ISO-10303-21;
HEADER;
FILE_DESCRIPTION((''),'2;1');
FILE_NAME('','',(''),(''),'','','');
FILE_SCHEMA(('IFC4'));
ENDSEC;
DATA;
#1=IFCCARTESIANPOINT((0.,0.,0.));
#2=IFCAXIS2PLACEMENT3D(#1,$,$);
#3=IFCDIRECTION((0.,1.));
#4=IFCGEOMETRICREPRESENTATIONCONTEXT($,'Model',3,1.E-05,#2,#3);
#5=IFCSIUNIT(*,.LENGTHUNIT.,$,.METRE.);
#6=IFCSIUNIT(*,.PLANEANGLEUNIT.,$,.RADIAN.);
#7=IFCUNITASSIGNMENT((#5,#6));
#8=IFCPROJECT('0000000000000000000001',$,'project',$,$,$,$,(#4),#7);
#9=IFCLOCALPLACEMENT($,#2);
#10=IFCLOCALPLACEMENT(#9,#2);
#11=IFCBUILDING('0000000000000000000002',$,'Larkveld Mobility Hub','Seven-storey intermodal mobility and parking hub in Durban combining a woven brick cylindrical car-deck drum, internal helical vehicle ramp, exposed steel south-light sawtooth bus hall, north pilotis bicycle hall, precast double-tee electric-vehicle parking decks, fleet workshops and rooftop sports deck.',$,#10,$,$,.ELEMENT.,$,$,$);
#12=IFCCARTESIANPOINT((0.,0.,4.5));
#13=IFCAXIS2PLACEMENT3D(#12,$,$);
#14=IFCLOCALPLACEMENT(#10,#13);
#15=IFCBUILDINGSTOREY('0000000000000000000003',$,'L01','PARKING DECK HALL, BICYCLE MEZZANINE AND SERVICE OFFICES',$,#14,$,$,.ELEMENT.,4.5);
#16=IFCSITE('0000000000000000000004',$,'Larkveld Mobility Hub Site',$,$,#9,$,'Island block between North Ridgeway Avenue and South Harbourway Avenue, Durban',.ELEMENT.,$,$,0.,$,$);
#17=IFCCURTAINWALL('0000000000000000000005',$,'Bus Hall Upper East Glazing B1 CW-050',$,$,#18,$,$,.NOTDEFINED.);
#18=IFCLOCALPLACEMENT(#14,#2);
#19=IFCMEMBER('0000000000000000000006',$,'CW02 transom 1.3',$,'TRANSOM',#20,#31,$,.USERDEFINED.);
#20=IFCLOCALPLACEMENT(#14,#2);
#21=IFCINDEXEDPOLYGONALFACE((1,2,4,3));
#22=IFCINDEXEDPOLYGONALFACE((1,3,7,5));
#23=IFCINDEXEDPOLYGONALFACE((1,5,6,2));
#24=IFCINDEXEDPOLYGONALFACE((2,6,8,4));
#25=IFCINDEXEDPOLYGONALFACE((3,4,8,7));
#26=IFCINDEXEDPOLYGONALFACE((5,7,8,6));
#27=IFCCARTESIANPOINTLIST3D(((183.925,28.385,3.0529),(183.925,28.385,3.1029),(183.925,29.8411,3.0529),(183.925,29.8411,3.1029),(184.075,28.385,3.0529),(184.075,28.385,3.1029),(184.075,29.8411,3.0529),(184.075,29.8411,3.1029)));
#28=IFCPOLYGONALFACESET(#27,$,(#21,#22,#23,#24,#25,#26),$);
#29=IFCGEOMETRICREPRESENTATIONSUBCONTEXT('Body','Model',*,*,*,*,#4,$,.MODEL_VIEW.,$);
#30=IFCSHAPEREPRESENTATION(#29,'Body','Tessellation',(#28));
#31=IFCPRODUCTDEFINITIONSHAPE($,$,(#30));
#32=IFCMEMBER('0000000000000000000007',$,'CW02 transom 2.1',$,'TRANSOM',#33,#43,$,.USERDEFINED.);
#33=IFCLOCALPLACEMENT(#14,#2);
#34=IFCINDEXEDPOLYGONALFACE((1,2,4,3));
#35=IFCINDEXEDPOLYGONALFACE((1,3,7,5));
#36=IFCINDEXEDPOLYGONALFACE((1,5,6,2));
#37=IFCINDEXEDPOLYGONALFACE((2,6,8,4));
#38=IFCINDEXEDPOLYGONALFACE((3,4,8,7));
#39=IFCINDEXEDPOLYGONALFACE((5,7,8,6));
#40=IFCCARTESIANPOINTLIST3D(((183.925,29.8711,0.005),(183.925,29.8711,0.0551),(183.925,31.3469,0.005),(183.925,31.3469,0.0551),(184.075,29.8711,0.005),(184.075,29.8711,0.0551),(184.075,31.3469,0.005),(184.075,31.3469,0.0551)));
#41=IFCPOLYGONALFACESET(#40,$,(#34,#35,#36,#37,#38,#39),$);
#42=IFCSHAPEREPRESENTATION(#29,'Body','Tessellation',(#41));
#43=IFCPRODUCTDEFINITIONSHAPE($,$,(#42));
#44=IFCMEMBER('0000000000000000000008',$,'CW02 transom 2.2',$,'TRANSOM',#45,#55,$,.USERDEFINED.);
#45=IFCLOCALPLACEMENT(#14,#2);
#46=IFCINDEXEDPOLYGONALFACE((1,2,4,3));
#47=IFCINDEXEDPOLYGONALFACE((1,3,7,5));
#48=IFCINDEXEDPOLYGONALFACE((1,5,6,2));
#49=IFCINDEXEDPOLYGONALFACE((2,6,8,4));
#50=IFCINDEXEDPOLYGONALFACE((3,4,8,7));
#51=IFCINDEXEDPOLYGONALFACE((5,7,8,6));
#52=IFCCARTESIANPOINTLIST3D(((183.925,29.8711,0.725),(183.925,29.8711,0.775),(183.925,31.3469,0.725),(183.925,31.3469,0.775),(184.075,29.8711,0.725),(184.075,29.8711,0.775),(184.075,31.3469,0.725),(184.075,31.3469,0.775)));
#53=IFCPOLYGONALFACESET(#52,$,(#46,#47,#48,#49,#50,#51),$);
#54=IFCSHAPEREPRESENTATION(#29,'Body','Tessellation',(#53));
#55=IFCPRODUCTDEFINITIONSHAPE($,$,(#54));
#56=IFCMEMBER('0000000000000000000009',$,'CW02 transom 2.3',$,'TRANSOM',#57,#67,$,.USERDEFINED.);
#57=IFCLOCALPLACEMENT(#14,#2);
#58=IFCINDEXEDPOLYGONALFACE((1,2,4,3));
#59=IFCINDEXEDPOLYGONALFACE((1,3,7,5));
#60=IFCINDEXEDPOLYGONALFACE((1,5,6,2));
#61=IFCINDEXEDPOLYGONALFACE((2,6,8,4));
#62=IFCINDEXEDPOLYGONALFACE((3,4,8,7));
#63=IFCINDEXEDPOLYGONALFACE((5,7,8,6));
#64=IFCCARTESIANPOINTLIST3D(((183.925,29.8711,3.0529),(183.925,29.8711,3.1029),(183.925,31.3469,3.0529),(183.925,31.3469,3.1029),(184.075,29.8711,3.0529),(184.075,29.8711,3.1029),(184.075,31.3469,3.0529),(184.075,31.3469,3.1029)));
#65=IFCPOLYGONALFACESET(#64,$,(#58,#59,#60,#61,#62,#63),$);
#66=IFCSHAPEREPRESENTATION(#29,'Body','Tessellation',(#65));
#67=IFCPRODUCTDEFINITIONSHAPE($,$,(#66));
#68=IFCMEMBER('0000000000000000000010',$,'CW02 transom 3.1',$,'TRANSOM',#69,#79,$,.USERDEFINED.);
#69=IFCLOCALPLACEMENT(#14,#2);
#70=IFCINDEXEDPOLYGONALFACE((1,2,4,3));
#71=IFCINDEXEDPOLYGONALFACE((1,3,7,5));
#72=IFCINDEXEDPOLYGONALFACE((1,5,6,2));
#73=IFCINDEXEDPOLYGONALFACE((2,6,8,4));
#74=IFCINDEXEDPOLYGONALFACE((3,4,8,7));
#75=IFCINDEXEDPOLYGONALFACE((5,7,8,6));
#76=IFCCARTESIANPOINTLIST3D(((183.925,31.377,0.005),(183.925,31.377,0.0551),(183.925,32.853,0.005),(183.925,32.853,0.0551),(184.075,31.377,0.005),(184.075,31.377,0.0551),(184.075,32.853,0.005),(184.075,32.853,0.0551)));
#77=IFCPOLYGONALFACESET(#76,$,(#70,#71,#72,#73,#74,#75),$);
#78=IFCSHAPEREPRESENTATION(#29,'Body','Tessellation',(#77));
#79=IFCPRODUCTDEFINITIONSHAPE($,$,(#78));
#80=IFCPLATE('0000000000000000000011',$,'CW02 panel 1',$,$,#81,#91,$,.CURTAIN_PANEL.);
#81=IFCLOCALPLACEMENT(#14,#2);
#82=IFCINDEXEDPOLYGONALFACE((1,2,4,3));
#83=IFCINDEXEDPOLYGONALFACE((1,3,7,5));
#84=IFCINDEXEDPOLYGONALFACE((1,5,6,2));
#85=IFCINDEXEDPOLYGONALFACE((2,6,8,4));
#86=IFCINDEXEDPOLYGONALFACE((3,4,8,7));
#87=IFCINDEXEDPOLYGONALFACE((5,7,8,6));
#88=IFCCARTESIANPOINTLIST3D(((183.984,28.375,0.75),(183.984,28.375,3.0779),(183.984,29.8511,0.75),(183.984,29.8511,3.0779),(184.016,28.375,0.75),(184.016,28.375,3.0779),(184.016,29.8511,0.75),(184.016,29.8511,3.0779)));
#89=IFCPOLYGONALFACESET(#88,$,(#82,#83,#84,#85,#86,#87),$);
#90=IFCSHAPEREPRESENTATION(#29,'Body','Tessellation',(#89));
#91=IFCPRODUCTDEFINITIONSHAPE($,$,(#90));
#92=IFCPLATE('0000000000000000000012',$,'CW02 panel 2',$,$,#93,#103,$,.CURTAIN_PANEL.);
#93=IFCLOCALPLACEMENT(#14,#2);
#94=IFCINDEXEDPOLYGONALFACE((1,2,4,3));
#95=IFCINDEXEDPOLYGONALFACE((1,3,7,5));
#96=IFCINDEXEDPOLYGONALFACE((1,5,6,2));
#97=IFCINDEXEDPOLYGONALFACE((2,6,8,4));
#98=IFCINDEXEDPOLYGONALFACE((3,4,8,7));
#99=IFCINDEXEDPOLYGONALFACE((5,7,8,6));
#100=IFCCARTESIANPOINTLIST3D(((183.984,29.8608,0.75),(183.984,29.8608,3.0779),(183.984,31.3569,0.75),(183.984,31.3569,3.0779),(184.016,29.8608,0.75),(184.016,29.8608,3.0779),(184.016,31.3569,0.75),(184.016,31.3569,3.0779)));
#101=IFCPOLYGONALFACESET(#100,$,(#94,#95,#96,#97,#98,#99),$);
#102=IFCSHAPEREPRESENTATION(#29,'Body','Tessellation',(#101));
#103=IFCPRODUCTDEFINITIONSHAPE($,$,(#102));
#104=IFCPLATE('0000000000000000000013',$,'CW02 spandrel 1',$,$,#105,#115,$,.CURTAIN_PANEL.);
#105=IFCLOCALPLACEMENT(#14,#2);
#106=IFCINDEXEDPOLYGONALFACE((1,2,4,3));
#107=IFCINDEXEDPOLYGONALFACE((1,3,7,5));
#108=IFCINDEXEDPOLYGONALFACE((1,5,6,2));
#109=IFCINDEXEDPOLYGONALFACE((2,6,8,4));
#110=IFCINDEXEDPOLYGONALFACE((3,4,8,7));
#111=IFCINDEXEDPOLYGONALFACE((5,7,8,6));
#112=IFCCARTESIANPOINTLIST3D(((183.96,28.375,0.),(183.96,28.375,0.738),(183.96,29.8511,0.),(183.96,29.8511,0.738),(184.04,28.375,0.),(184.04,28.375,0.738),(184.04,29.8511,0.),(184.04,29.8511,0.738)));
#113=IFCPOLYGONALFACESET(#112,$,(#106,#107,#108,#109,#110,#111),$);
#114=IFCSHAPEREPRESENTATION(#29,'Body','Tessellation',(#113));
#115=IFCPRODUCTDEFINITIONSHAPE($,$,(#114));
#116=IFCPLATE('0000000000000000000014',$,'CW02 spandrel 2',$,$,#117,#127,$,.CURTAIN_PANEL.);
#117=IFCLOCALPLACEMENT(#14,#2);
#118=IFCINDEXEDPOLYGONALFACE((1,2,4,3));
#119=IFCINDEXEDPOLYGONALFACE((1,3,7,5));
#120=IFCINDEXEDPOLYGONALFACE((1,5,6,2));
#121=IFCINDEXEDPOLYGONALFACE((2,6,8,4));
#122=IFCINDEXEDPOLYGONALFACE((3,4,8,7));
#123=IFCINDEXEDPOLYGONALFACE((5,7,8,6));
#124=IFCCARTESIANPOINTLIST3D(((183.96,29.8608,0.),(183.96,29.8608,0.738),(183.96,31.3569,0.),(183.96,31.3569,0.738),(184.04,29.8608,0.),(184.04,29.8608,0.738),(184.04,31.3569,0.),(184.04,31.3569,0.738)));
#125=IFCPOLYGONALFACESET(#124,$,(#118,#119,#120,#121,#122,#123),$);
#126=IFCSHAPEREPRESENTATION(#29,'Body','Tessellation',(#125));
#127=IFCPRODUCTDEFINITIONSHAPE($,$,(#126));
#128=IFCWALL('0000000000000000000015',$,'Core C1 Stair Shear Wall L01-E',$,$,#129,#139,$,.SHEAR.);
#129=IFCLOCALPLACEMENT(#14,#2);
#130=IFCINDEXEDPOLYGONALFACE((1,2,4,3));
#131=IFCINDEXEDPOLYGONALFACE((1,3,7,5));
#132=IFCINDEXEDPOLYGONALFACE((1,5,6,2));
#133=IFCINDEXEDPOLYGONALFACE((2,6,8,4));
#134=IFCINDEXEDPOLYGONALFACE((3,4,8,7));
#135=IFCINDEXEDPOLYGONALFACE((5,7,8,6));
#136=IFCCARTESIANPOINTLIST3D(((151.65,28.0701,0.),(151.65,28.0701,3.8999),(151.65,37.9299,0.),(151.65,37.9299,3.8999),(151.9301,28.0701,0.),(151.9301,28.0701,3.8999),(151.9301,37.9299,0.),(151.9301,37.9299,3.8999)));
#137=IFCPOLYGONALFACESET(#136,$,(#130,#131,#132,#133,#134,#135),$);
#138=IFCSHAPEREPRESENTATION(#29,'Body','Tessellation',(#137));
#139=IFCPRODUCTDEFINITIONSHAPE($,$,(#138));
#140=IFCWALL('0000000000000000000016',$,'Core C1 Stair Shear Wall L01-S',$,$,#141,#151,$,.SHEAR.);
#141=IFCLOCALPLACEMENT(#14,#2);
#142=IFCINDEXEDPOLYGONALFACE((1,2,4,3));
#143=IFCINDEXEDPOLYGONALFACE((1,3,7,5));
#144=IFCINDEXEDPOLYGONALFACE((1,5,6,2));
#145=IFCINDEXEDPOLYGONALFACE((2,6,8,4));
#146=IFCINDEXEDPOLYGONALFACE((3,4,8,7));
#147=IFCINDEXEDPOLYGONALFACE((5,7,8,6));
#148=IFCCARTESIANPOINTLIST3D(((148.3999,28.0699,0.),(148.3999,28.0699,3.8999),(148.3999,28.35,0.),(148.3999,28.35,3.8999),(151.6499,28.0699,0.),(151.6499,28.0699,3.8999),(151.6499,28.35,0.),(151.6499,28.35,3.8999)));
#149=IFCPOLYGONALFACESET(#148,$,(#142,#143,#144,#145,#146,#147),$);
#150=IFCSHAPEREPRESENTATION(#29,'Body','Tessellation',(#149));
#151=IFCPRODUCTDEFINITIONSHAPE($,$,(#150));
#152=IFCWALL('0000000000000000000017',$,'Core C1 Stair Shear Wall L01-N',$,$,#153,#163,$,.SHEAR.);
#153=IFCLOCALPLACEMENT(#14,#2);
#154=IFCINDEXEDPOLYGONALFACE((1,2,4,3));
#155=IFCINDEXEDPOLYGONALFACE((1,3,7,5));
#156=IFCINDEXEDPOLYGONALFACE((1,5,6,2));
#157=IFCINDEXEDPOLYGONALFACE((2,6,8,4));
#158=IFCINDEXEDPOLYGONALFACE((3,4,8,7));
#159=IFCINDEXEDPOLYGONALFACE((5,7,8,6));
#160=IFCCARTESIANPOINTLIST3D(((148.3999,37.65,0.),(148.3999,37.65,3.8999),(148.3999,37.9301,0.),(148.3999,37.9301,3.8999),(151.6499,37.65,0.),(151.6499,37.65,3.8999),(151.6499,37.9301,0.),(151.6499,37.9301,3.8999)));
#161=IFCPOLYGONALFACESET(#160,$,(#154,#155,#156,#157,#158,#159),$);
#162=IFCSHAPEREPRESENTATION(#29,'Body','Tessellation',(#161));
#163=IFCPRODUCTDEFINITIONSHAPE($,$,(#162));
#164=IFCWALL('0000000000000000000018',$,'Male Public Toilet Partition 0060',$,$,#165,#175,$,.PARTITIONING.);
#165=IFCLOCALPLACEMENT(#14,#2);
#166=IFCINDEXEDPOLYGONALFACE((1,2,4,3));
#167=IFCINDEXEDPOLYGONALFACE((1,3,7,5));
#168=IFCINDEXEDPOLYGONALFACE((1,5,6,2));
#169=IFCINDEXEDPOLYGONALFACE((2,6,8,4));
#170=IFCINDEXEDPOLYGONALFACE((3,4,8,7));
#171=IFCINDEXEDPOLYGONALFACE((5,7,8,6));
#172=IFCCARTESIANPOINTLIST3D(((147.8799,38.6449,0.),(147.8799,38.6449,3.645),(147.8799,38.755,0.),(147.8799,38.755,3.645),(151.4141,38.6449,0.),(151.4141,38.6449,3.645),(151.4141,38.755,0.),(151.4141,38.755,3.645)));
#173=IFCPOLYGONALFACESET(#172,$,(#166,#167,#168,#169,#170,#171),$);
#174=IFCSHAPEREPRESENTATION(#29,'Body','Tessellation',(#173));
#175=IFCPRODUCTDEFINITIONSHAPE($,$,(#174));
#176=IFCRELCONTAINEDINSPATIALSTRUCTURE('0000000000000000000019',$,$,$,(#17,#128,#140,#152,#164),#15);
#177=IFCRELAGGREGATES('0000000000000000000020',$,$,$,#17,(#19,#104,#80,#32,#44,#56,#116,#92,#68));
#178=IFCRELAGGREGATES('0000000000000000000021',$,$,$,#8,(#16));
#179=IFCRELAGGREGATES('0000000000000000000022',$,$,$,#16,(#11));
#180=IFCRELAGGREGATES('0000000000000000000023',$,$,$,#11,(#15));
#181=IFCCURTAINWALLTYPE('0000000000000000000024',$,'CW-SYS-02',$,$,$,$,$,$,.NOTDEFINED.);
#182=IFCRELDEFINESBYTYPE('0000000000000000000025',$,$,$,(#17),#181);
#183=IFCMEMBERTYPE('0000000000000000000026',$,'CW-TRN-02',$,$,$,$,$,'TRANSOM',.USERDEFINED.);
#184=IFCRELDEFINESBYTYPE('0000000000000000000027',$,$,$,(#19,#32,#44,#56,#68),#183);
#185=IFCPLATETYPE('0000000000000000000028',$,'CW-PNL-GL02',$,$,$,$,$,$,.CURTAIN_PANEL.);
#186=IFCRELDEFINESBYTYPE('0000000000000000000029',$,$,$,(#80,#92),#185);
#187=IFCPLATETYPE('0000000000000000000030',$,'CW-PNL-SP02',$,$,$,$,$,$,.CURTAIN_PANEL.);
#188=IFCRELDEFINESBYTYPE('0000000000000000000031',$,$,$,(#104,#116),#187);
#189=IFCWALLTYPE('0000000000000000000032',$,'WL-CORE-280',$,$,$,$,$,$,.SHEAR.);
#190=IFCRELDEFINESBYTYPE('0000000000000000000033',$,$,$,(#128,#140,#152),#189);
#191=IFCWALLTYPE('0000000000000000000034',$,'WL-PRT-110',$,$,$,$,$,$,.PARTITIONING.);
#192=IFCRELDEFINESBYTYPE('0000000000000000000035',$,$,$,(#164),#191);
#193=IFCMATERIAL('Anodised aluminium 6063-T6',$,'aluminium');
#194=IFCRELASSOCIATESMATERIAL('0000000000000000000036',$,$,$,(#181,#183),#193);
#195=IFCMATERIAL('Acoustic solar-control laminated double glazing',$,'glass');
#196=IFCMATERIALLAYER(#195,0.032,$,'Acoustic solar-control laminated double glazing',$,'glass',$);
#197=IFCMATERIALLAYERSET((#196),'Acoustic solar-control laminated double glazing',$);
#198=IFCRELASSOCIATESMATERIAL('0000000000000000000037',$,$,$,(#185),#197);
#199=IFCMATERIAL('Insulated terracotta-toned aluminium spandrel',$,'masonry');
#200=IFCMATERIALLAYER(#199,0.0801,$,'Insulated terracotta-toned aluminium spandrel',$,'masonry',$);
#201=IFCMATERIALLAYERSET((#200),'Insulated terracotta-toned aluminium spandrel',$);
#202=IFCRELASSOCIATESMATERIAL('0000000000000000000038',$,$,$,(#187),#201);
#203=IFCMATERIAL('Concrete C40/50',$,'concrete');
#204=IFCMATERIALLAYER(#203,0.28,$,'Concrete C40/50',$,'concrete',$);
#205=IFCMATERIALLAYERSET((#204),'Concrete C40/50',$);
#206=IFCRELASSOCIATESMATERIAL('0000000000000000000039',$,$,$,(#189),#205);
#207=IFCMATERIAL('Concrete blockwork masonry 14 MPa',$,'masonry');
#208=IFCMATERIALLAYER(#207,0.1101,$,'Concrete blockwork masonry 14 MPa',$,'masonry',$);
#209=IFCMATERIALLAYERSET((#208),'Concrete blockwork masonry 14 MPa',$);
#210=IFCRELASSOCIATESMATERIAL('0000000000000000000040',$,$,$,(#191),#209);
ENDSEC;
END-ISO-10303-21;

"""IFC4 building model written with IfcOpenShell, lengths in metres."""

from ifc_helpers import new_model, si_unit, direction, frame, frame_2d, origin, origin_2d, place, context, subcontext, project, spatial, rectangle, extrude, material, layer, layer_set, material_profile, profile_set, type_object, element, aggregate, save


model = new_model("IFC4")

# Units and contexts
model_context = context("Model", 3, precision=1e-05, world=origin(), true_north=direction((0.0, 1.0)))
body_context = subcontext(model_context, "Body", "Model", "MODEL_VIEW")
ifc_project = project(units=[si_unit("LENGTHUNIT", "METRE"), si_unit("PLANEANGLEUNIT", "RADIAN")], contexts=[model_context])

# Site, building, storey
site_placement = place(None, origin())
site = spatial("IfcSite", under=ifc_project, at=site_placement, Name="Larkveld Mobility Hub Site", LongName="Island block between North Ridgeway Avenue and South Harbourway Avenue, Durban", CompositionType="ELEMENT", RefElevation=0.0)
building_placement = place(site_placement, origin())
building = spatial("IfcBuilding", under=site, at=building_placement, Name="Larkveld Mobility Hub", Description="Seven-storey intermodal mobility and parking hub in Durban combining a woven brick cylindrical car-deck drum, internal helical vehicle ramp, exposed steel south-light sawtooth bus hall, north pilotis bicycle hall, precast double-tee electric-vehicle parking decks, fleet workshops and rooftop sports deck.", CompositionType="ELEMENT")
storey_placement = place(building_placement, frame((0.0, 0.0, 4.5)))
storey = spatial("IfcBuildingStorey", under=building, at=storey_placement, Name="L01", Description="PARKING DECK HALL, BICYCLE MEZZANINE AND SERVICE OFFICES", CompositionType="ELEMENT", Elevation=4.5)

# Shared definitions
ifc_material_1 = material(Name="Concrete C40/50", Category="concrete")

# Curtain wall, members, plates
ifc_material_2 = material(Name="Anodised aluminium 6063-T6", Category="aluminium")
curtain_wall_type = type_object("IfcCurtainWallType", Name="CW-SYS-02", PredefinedType="NOTDEFINED", material=ifc_material_2)
curtain_wall_placement = place(storey_placement, origin())
curtain_wall = element("IfcCurtainWall", 1, at=curtain_wall_placement, inside=storey, type_object=curtain_wall_type, Name="Bus Hall Upper East Glazing B1 CW-050", PredefinedType="NOTDEFINED")
ifc_material_profile_1 = material_profile(ifc_material_2, rectangle(XDim=0.1499, YDim=0.05, at=origin_2d()), Name="ALU TRAN 50x150")
ifc_profile_set_1 = profile_set([ifc_material_profile_1], Name="Anodised aluminium 6063-T6")
member_type_1 = type_object("IfcMemberType", Name="CW-TRN-02", ElementType="TRANSOM", PredefinedType="USERDEFINED", material=ifc_profile_set_1)
member_1_placement = place(storey_placement, frame((184.0, 28.385, 3.0779), z_axis=(0.0, 1.0, 0.0), x_axis=(-1.0, 0.0, 0.0)))
member_1 = element("IfcMember", 2, at=member_1_placement, type_object=member_type_1, Name="CW02 transom 1.3", ObjectType="TRANSOM", PredefinedType="USERDEFINED", context=body_context, shape_type="SweptSolid", body=[
    extrude(rectangle(XDim=0.1499, YDim=0.05, at=origin_2d()), origin(), (0.0, 0.0, 1.0), 1.4561),
])
member_2_placement = place(storey_placement, frame((184.0, 29.8711, 0.03), z_axis=(0.0, 1.0, 0.0), x_axis=(-1.0, 0.0, 0.0)))
member_2 = element("IfcMember", 3, at=member_2_placement, type_object=member_type_1, Name="CW02 transom 2.1", ObjectType="TRANSOM", PredefinedType="USERDEFINED", context=body_context, shape_type="SweptSolid", body=[
    extrude(rectangle(XDim=0.1499, YDim=0.05, at=origin_2d()), origin(), (0.0, 0.0, 1.0), 1.4758),
])
member_3_placement = place(storey_placement, frame((184.0, 29.8711, 0.75), z_axis=(0.0, 1.0, 0.0), x_axis=(-1.0, 0.0, 0.0)))
member_3 = element("IfcMember", 4, at=member_3_placement, type_object=member_type_1, Name="CW02 transom 2.2", ObjectType="TRANSOM", PredefinedType="USERDEFINED", context=body_context, shape_type="SweptSolid", body=[
    extrude(rectangle(XDim=0.1499, YDim=0.05, at=origin_2d()), origin(), (0.0, 0.0, 1.0), 1.4758),
])
member_4_placement = place(storey_placement, frame((184.0, 29.8711, 3.0779), z_axis=(0.0, 1.0, 0.0), x_axis=(-1.0, 0.0, 0.0)))
member_4 = element("IfcMember", 5, at=member_4_placement, type_object=member_type_1, Name="CW02 transom 2.3", ObjectType="TRANSOM", PredefinedType="USERDEFINED", context=body_context, shape_type="SweptSolid", body=[
    extrude(rectangle(XDim=0.1499, YDim=0.05, at=origin_2d()), origin(), (0.0, 0.0, 1.0), 1.4758),
])
member_5_placement = place(storey_placement, frame((184.0, 31.377, 0.03), z_axis=(0.0, 1.0, 0.0), x_axis=(-1.0, 0.0, 0.0)))
member_5 = element("IfcMember", 6, at=member_5_placement, type_object=member_type_1, Name="CW02 transom 3.1", ObjectType="TRANSOM", PredefinedType="USERDEFINED", context=body_context, shape_type="SweptSolid", body=[
    extrude(rectangle(XDim=0.1499, YDim=0.05, at=origin_2d()), origin(), (0.0, 0.0, 1.0), 1.4761),
])
ifc_material_3 = material(Name="Acoustic solar-control laminated double glazing", Category="glass")
ifc_layer_1 = layer(ifc_material_3, 0.032, Name="Acoustic solar-control laminated double glazing", Category="glass")
ifc_layer_set_1 = layer_set([ifc_layer_1], Name="Acoustic solar-control laminated double glazing")
plate_type_1 = type_object("IfcPlateType", Name="CW-PNL-GL02", PredefinedType="CURTAIN_PANEL", material=ifc_layer_set_1)
plate_1_placement = place(storey_placement, frame((184.0, 29.113, 0.75), z_axis=(0.0, 0.0, 1.0), x_axis=(0.0, 1.0, 0.0)))
plate_1 = element("IfcPlate", 7, at=plate_1_placement, type_object=plate_type_1, Name="CW02 panel 1", PredefinedType="CURTAIN_PANEL", context=body_context, shape_type="SweptSolid", body=[
    extrude(rectangle(XDim=1.4761, YDim=0.032, at=origin_2d()), origin(), (0.0, 0.0, 1.0), 2.3279),
])
plate_2_placement = place(storey_placement, frame((184.0, 30.6089, 0.75), z_axis=(0.0, 0.0, 1.0), x_axis=(0.0, 1.0, 0.0)))
plate_2 = element("IfcPlate", 8, at=plate_2_placement, type_object=plate_type_1, Name="CW02 panel 2", PredefinedType="CURTAIN_PANEL", context=body_context, shape_type="SweptSolid", body=[
    extrude(rectangle(XDim=1.4961, YDim=0.032, at=origin_2d()), origin(), (0.0, 0.0, 1.0), 2.3279),
])
ifc_material_4 = material(Name="Insulated terracotta-toned aluminium spandrel", Category="masonry")
ifc_layer_2 = layer(ifc_material_4, 0.0801, Name="Insulated terracotta-toned aluminium spandrel", Category="masonry")
ifc_layer_set_2 = layer_set([ifc_layer_2], Name="Insulated terracotta-toned aluminium spandrel")
plate_type_2 = type_object("IfcPlateType", Name="CW-PNL-SP02", PredefinedType="CURTAIN_PANEL", material=ifc_layer_set_2)
plate_3_placement = place(storey_placement, frame((184.0, 29.113, 0.0), z_axis=(0.0, 0.0, 1.0), x_axis=(0.0, 1.0, 0.0)))
plate_3 = element("IfcPlate", 9, at=plate_3_placement, type_object=plate_type_2, Name="CW02 spandrel 1", PredefinedType="CURTAIN_PANEL", context=body_context, shape_type="SweptSolid", body=[
    extrude(rectangle(XDim=1.4761, YDim=0.0801, at=origin_2d()), origin(), (0.0, 0.0, 1.0), 0.738),
])
plate_4_placement = place(storey_placement, frame((184.0, 30.6089, 0.0), z_axis=(0.0, 0.0, 1.0), x_axis=(0.0, 1.0, 0.0)))
plate_4 = element("IfcPlate", 10, at=plate_4_placement, type_object=plate_type_2, Name="CW02 spandrel 2", PredefinedType="CURTAIN_PANEL", context=body_context, shape_type="SweptSolid", body=[
    extrude(rectangle(XDim=1.4961, YDim=0.0801, at=origin_2d()), origin(), (0.0, 0.0, 1.0), 0.738),
])
aggregate(curtain_wall, [member_1, plate_3, plate_1, member_2, member_3, member_4, plate_4, plate_2, member_5])

# Walls
ifc_layer_3 = layer(ifc_material_1, 0.28, Name="Concrete C40/50", Category="concrete")
ifc_layer_set_3 = layer_set([ifc_layer_3], Name="Concrete C40/50")
wall_type_1 = type_object("IfcWallType", Name="WL-CORE-280", PredefinedType="SHEAR", material=ifc_layer_set_3)
wall_1_placement = place(storey_placement, frame((151.79, 37.9299, 0.0), z_axis=(0.0, 0.0, 1.0), x_axis=(0.0, -1.0, 0.0)))
element("IfcWall", 11, at=wall_1_placement, inside=storey, type_object=wall_type_1, Name="Core C1 Stair Shear Wall L01-E", PredefinedType="SHEAR", context=body_context, shape_type="SweptSolid", body=[
    extrude(rectangle(XDim=9.8599, YDim=0.28, at=frame_2d((4.9299, 0.0))), origin(), (0.0, 0.0, 1.0), 3.8999),
])
for number, where, z_axis, x_axis, name in (
    (12, (151.6499, 28.21, 0.0), (0.0, 0.0, 1.0), (-1.0, 0.0, 0.0), "Core C1 Stair Shear Wall L01-S"),
    (13, (148.3999, 37.79, 0.0), (0.0, 0.0, 1.0), (1.0, 0.0, 0.0), "Core C1 Stair Shear Wall L01-N"),
):
    element("IfcWall", number, at=place(storey_placement, frame(where, z_axis=z_axis, x_axis=x_axis)), inside=storey, type_object=wall_type_1, Name=name, PredefinedType="SHEAR", context=body_context, shape_type="SweptSolid", body=[
        extrude(rectangle(XDim=3.25, YDim=0.28, at=frame_2d((1.625, 0.0))), origin(), (0.0, 0.0, 1.0), 3.8999),
    ])
ifc_material_5 = material(Name="Concrete blockwork masonry 14 MPa", Category="masonry")
ifc_layer_4 = layer(ifc_material_5, 0.1101, Name="Concrete blockwork masonry 14 MPa", Category="masonry")
ifc_layer_set_4 = layer_set([ifc_layer_4], Name="Concrete blockwork masonry 14 MPa")
wall_type_2 = type_object("IfcWallType", Name="WL-PRT-110", PredefinedType="PARTITIONING", material=ifc_layer_set_4)
wall_2_placement = place(storey_placement, frame((147.8799, 38.7, 0.0), z_axis=(0.0, 0.0, 1.0), x_axis=(1.0, 0.0, 0.0)))
element("IfcWall", 14, at=wall_2_placement, inside=storey, type_object=wall_type_2, Name="Male Public Toilet Partition 0060", PredefinedType="PARTITIONING", context=body_context, shape_type="SweptSolid", body=[
    extrude(rectangle(XDim=3.5342, YDim=0.1101, at=frame_2d((1.7671, 0.0))), origin(), (0.0, 0.0, 1.0), 3.645),
])

save(model, "model.ifc")
